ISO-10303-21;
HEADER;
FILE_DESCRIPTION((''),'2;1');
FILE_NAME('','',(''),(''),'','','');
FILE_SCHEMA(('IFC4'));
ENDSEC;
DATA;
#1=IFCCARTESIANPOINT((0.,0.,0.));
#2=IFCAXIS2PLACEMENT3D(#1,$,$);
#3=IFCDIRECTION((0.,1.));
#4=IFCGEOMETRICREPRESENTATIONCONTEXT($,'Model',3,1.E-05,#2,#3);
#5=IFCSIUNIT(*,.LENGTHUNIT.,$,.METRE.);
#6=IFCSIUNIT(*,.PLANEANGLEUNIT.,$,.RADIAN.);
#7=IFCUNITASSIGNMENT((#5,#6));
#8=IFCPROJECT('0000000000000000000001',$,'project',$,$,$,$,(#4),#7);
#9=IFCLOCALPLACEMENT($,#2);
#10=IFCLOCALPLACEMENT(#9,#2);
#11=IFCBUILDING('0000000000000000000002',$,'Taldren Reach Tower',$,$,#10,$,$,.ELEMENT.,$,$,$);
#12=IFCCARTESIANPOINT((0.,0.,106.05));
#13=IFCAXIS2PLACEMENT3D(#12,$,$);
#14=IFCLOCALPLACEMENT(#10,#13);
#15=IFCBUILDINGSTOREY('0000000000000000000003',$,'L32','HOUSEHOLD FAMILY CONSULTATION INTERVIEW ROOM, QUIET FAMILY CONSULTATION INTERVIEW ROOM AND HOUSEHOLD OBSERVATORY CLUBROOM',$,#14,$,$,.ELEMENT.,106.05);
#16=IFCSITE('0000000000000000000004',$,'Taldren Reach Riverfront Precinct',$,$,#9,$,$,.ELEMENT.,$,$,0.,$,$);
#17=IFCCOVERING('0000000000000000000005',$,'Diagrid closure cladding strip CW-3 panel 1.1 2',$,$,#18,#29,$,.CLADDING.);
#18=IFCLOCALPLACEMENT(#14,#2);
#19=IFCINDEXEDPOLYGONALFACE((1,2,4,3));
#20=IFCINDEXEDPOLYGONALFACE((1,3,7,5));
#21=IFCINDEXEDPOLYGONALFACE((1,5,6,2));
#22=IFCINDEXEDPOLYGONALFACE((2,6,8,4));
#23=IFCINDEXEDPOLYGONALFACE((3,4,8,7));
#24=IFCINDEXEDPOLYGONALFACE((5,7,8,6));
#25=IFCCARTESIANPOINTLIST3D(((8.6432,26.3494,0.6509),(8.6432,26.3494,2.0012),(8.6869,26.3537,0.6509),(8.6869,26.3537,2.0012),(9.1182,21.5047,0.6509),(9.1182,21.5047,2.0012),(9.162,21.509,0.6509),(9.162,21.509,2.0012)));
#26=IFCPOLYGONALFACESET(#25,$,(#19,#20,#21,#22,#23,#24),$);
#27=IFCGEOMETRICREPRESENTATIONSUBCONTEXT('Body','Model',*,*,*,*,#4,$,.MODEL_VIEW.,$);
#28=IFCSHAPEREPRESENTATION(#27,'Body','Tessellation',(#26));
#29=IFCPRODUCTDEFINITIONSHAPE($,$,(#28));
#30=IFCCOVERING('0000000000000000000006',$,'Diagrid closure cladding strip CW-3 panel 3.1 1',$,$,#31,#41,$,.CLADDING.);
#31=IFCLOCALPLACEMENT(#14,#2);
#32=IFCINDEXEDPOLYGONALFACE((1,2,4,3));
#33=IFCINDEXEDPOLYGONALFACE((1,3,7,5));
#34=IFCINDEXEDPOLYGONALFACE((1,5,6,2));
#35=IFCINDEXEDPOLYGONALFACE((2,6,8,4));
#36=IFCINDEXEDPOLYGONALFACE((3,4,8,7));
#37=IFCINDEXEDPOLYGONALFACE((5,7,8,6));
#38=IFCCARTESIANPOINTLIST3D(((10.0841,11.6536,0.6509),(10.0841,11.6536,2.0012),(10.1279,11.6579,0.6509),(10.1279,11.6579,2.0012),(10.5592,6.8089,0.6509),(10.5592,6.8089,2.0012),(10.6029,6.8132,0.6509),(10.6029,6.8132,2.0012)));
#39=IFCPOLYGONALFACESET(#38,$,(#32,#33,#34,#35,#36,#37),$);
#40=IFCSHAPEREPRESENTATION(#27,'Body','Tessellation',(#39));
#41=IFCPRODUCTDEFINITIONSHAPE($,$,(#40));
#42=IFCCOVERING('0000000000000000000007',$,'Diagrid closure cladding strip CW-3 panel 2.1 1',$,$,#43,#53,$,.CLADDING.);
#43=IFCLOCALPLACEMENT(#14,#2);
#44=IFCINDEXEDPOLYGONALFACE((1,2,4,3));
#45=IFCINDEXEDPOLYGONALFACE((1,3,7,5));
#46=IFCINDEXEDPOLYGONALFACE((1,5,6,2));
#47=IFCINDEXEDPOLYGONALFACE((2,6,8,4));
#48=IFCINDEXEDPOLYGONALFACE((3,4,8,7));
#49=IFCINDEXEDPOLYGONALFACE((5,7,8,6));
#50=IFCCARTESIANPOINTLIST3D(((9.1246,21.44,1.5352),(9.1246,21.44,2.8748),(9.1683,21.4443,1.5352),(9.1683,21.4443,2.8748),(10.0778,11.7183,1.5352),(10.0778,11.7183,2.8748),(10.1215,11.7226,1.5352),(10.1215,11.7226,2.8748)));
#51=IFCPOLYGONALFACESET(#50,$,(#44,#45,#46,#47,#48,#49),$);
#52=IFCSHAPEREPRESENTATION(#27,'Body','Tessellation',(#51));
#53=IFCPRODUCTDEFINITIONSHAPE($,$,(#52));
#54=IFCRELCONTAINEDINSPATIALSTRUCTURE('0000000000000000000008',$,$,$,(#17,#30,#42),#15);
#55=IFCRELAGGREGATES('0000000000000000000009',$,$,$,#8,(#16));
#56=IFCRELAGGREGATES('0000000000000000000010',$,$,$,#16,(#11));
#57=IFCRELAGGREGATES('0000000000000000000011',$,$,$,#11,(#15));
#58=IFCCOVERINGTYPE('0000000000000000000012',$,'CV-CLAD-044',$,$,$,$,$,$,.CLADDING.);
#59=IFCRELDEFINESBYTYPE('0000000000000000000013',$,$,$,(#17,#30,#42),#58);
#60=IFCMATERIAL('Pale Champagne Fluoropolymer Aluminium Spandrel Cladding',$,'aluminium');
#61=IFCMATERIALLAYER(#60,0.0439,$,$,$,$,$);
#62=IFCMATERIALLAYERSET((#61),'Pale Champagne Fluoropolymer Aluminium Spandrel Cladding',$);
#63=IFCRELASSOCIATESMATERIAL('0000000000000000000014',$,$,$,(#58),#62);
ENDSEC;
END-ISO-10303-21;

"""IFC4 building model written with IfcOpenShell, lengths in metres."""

from ifc_helpers import new_model, si_unit, direction, frame, origin, origin_2d, place, context, subcontext, project, spatial, rectangle, extrude, source, transform, mapped, material, layer, layer_set, type_object, element, save


model = new_model("IFC4")

# Units and contexts
model_context = context("Model", 3, precision=1e-05, world=origin(), true_north=direction((0.0, 1.0)))
body_context = subcontext(model_context, "Body", "Model", "MODEL_VIEW")
ifc_project = project(units=[si_unit("LENGTHUNIT", "METRE"), si_unit("PLANEANGLEUNIT", "RADIAN")], contexts=[model_context])

# Site, building, storey
site_placement = place(None, origin())
site = spatial("IfcSite", under=ifc_project, at=site_placement, Name="Taldren Reach Riverfront Precinct", CompositionType="ELEMENT", RefElevation=0.0)
building_placement = place(site_placement, origin())
building = spatial("IfcBuilding", under=site, at=building_placement, Name="Taldren Reach Tower", CompositionType="ELEMENT")
storey_placement = place(building_placement, frame((0.0, 0.0, 106.05)))
storey = spatial("IfcBuildingStorey", under=building, at=storey_placement, Name="L32", Description="HOUSEHOLD FAMILY CONSULTATION INTERVIEW ROOM, QUIET FAMILY CONSULTATION INTERVIEW ROOM AND HOUSEHOLD OBSERVATORY CLUBROOM", CompositionType="ELEMENT", Elevation=106.05)

# Coverings
ifc_material_1 = material(Name="Pale Champagne Fluoropolymer Aluminium Spandrel Cladding", Category="aluminium")
ifc_layer_1 = layer(ifc_material_1, 0.0439)
ifc_layer_set_1 = layer_set([ifc_layer_1], Name="Pale Champagne Fluoropolymer Aluminium Spandrel Cladding")
covering_type = type_object("IfcCoveringType", Name="CV-CLAD-044", PredefinedType="CLADDING", material=ifc_layer_set_1)
shared_shape_1 = source(origin(), body_context, "Body", "SweptSolid", [
    extrude(rectangle(XDim=4.8679, YDim=0.0439, at=origin_2d()), origin(), (0.0, 0.0, 1.0), 1.3503),
])
for number, where, z_axis, x_axis, name in (
    (1, (8.9026, 23.9292, 0.6509), (0.0, 0.0, 1.0), (0.097583, -0.995227, 0.0), "Diagrid closure cladding strip CW-3 panel 1.1 2"),
    (2, (10.3435, 9.2334, 0.6509), (0.0, 0.0, 1.0), (0.097583, -0.995227, 0.0), "Diagrid closure cladding strip CW-3 panel 3.1 1"),
):
    element("IfcCovering", number, at=place(storey_placement, frame(where, z_axis=z_axis, x_axis=x_axis)), inside=storey, type_object=covering_type, Name=name, PredefinedType="CLADDING", context=body_context, shape_type="MappedRepresentation", body=[
        mapped(shared_shape_1, transform((0.0, 0.0, 0.0), scale=1.0)),
    ])
shared_shape_2 = source(origin(), body_context, "Body", "SweptSolid", [
    extrude(rectangle(XDim=9.7683, YDim=0.0439, at=origin_2d()), origin(), (0.0, 0.0, 1.0), 1.3396),
])
covering_placement = place(storey_placement, frame((9.623, 16.5813, 1.5352), z_axis=(0.0, 0.0, 1.0), x_axis=(0.097583, -0.995227, 0.0)))
element("IfcCovering", 3, at=covering_placement, inside=storey, type_object=covering_type, Name="Diagrid closure cladding strip CW-3 panel 2.1 1", PredefinedType="CLADDING", context=body_context, shape_type="MappedRepresentation", body=[
    mapped(shared_shape_2, transform((0.0, 0.0, 0.0), scale=1.0)),
])

save(model, "model.ifc")
